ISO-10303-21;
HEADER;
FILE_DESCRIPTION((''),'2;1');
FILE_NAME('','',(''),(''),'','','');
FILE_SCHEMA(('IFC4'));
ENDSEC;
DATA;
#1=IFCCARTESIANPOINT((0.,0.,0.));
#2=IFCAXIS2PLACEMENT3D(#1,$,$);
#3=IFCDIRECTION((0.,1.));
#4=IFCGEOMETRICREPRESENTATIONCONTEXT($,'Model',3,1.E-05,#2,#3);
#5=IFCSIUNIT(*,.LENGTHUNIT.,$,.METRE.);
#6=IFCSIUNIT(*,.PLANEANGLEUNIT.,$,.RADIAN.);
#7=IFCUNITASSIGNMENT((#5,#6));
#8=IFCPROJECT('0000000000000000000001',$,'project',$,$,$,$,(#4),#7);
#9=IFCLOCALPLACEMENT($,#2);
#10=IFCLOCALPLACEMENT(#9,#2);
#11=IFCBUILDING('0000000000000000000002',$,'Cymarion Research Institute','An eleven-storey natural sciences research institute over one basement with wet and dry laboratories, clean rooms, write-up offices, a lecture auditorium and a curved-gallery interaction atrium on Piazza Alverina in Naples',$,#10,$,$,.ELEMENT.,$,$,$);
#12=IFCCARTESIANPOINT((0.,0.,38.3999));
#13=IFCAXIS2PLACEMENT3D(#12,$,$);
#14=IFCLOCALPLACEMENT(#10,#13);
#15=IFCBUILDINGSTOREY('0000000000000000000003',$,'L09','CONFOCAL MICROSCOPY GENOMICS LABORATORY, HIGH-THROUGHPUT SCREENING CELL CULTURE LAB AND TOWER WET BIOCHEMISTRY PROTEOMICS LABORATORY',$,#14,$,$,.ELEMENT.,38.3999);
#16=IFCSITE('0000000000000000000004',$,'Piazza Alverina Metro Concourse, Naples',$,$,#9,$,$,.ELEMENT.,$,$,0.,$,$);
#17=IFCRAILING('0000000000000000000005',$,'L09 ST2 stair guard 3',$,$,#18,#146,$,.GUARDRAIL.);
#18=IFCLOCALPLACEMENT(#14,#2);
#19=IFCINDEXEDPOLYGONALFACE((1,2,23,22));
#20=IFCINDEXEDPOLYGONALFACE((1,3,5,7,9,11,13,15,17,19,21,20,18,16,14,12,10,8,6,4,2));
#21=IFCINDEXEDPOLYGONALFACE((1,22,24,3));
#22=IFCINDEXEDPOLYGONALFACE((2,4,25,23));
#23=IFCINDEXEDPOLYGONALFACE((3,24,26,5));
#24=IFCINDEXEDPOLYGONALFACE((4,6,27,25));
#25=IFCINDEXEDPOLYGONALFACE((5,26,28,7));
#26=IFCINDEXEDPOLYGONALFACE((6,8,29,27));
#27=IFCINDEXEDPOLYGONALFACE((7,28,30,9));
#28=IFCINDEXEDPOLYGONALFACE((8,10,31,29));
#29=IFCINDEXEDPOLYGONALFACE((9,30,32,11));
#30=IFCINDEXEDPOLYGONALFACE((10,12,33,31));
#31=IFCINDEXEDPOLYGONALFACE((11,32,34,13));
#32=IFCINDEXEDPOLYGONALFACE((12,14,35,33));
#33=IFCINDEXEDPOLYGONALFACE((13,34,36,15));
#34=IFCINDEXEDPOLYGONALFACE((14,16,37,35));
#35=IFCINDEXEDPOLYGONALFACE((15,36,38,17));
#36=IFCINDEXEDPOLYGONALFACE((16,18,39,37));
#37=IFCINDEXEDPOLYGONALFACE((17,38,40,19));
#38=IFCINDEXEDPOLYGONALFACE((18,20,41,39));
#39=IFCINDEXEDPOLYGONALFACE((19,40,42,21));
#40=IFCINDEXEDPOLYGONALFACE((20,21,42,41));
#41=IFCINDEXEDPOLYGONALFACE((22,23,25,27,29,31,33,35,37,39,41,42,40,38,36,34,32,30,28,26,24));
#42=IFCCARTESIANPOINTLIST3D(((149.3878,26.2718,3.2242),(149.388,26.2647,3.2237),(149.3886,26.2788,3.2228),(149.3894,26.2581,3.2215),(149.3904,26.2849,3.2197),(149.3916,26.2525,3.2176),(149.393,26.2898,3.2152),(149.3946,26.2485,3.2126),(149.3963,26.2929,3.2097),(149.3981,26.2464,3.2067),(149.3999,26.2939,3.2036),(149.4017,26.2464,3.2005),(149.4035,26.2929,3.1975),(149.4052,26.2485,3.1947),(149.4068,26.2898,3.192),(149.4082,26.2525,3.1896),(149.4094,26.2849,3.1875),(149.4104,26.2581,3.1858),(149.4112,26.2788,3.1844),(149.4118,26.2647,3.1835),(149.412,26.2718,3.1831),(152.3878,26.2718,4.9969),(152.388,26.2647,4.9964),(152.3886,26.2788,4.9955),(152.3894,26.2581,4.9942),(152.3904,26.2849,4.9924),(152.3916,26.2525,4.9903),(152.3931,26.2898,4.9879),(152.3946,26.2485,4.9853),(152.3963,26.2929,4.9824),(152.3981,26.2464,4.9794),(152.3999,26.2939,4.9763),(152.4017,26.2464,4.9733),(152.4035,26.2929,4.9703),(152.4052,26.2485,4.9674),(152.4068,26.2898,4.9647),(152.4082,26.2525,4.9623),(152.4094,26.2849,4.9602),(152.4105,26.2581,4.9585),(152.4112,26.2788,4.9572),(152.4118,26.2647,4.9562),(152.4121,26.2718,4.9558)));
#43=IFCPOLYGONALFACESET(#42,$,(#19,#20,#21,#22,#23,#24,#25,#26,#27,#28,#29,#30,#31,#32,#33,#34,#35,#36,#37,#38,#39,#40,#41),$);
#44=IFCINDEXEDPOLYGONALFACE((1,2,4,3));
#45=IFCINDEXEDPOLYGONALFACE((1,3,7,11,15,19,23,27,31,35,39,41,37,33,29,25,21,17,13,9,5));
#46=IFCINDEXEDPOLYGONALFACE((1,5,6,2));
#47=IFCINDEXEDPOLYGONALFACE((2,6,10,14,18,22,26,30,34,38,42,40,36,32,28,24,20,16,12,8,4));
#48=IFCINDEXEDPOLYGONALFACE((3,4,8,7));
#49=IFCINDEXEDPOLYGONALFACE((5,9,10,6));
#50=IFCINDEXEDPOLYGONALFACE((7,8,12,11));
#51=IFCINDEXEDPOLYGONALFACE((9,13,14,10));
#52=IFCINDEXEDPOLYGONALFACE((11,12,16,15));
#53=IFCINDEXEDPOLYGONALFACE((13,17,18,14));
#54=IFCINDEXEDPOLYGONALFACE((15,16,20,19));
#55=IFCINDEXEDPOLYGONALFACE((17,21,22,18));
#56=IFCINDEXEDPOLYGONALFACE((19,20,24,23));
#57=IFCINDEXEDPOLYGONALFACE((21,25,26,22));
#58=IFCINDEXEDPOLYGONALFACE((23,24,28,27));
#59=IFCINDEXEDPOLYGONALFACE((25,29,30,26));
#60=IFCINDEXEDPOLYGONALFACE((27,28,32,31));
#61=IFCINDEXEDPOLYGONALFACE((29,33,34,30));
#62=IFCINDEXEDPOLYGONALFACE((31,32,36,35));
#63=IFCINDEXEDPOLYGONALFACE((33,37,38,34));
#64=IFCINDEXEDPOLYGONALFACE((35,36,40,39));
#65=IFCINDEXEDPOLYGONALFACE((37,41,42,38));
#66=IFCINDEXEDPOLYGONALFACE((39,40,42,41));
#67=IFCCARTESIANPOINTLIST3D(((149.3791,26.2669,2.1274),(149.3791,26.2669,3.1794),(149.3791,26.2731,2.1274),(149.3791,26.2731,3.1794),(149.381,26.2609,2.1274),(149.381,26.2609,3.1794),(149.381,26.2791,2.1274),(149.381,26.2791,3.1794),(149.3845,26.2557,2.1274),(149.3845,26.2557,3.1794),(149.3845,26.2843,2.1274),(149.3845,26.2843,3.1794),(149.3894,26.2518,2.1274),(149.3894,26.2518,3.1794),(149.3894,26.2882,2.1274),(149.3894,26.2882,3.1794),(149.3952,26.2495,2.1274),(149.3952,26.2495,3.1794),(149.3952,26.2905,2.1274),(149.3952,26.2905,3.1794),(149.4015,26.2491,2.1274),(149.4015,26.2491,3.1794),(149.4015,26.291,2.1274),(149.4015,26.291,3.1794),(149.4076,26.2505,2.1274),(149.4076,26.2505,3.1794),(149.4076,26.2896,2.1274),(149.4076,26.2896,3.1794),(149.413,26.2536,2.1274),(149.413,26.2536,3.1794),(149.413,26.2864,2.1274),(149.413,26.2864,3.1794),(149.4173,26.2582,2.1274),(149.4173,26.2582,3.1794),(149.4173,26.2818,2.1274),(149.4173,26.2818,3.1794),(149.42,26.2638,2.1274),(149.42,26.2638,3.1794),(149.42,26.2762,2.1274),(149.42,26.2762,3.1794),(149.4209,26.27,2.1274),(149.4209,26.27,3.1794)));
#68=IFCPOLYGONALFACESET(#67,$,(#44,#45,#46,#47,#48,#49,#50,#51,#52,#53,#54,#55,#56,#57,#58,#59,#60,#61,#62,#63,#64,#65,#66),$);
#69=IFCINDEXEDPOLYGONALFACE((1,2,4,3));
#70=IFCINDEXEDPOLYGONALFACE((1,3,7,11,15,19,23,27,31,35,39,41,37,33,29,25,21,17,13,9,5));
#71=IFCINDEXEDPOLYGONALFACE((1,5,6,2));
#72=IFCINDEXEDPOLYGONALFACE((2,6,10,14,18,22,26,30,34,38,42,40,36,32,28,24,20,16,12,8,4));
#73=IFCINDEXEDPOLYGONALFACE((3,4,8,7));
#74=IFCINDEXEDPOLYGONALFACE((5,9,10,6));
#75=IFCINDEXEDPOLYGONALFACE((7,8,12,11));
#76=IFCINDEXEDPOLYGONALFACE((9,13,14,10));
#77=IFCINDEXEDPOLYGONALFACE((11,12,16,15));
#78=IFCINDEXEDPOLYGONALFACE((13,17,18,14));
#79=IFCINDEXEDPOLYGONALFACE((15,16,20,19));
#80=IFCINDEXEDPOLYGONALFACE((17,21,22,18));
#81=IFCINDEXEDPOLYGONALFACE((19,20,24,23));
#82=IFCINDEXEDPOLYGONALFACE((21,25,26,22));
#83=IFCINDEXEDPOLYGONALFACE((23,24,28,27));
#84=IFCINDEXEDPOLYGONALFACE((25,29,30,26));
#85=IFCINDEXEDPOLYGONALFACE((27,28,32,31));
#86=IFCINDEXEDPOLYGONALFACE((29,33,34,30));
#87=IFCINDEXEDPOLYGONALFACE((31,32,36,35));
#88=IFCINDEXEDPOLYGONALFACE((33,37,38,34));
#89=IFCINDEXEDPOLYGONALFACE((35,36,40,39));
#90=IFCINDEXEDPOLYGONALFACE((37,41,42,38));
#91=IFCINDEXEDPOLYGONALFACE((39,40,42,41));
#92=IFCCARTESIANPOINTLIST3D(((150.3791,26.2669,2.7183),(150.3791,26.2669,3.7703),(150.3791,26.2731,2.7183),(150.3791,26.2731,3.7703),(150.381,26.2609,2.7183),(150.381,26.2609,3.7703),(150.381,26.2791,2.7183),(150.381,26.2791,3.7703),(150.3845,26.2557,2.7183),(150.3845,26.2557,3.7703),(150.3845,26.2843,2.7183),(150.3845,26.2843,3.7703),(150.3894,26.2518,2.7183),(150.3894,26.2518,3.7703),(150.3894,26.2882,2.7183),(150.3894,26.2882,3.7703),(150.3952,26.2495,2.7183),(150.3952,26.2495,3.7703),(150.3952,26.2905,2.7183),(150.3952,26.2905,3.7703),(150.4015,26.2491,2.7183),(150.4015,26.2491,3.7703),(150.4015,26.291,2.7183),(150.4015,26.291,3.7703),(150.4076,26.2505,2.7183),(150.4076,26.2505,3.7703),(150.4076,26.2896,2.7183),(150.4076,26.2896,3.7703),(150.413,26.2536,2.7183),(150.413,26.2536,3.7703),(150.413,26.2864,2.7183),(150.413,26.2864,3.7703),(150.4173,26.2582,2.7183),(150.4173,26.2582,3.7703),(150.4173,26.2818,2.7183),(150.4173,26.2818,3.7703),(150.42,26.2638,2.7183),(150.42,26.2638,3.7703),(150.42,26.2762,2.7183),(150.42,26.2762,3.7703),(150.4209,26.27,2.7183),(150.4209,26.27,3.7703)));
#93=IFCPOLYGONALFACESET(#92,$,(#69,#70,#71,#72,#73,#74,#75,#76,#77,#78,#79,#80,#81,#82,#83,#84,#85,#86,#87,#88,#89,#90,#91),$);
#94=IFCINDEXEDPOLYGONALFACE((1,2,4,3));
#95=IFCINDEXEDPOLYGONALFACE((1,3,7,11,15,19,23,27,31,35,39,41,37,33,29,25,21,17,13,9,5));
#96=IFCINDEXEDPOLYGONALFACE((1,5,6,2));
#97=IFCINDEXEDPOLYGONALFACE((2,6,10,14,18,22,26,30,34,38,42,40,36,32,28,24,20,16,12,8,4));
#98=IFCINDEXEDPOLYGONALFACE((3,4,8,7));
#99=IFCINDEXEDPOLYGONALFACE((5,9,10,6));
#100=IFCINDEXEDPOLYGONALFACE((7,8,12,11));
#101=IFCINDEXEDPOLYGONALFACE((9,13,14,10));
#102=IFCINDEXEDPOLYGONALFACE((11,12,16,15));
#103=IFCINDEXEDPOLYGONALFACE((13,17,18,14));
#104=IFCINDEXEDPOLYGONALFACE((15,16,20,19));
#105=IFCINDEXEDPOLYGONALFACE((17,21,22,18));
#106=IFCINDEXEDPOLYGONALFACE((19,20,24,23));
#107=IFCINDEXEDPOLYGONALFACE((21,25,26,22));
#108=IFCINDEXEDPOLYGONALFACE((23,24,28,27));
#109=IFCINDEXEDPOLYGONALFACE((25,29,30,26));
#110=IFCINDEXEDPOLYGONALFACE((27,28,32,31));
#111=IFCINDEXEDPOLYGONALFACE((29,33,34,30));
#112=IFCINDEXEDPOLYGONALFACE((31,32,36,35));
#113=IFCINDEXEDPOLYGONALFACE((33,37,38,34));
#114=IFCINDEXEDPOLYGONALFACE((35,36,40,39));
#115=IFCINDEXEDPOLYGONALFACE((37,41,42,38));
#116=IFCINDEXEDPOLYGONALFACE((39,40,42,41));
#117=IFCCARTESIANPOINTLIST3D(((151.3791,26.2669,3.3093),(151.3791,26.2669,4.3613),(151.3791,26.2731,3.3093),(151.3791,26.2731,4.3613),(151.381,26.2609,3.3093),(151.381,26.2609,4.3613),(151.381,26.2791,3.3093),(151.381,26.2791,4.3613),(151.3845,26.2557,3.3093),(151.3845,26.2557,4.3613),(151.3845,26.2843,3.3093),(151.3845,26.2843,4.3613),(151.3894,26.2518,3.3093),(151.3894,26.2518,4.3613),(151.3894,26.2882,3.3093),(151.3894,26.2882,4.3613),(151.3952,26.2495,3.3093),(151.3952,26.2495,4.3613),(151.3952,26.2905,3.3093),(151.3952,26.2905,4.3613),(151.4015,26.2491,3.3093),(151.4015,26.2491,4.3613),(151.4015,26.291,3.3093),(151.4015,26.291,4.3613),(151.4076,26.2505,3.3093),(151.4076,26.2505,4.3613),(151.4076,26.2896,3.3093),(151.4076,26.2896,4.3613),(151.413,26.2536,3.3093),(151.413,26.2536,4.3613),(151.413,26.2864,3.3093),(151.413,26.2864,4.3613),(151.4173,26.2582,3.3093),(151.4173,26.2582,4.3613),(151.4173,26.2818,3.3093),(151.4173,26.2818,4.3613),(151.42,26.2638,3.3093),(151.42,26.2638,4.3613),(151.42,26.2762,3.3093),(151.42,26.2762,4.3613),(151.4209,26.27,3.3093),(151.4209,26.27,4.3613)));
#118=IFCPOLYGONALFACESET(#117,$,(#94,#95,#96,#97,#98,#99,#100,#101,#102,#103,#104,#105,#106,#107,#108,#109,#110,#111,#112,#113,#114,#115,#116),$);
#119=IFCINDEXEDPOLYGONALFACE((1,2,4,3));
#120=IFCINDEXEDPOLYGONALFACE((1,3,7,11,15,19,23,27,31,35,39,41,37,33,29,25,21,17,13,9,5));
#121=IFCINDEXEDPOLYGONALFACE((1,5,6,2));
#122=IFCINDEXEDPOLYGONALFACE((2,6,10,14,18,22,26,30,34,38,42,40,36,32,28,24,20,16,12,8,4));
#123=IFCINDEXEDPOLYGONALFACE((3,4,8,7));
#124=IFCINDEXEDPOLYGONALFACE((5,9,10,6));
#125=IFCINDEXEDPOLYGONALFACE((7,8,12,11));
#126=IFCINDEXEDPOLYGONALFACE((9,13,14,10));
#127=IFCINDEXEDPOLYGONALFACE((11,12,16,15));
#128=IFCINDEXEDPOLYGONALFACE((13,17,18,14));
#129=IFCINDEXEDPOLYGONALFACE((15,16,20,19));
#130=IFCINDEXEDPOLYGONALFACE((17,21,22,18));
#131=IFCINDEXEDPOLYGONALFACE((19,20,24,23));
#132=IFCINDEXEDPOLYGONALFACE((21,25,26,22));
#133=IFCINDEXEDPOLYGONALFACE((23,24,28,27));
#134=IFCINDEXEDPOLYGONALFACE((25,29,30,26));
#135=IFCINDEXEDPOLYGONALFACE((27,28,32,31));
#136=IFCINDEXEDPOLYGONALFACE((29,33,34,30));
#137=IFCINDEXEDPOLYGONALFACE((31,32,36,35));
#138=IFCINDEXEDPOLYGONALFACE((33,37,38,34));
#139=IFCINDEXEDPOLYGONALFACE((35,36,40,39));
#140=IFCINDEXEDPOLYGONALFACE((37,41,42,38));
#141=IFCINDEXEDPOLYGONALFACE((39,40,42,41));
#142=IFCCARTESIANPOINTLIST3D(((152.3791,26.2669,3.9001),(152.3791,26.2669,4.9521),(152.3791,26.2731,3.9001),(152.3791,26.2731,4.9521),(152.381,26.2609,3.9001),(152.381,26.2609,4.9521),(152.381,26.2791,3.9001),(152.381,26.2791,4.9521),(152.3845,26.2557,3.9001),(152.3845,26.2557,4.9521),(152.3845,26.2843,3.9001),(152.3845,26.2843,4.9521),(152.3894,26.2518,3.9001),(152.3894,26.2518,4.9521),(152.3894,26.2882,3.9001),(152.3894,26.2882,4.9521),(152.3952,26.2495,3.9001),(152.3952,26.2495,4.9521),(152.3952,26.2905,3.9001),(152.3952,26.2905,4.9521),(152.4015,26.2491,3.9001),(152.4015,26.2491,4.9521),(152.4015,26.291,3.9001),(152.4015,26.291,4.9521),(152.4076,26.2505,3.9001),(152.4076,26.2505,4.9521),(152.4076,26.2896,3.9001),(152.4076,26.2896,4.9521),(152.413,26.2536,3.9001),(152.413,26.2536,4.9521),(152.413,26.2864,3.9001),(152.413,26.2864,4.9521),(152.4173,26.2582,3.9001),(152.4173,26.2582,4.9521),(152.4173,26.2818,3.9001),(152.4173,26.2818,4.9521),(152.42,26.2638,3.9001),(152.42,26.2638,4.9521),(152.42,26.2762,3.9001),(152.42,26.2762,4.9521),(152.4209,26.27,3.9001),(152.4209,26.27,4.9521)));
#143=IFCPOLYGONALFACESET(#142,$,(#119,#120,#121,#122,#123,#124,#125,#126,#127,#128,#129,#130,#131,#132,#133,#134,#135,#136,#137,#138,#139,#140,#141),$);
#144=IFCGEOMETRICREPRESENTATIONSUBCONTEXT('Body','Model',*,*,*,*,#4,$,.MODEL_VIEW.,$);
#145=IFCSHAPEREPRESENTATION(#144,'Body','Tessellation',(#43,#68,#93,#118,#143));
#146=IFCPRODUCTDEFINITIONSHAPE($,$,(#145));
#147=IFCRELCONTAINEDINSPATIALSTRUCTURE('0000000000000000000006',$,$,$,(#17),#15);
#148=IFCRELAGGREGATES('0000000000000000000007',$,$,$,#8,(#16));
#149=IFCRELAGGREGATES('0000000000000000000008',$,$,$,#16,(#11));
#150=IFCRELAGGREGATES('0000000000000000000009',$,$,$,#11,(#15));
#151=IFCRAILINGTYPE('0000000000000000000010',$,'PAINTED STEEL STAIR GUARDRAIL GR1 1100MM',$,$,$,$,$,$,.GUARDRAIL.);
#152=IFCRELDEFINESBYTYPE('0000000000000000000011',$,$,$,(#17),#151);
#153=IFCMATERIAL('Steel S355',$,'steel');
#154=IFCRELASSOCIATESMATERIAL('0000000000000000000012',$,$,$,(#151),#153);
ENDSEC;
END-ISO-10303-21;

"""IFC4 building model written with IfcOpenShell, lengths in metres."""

from ifc_helpers import new_model, si_unit, direction, frame, origin, origin_2d, place, context, subcontext, project, spatial, circle, extrude, material, type_object, element, save


model = new_model("IFC4")

# Units and contexts
model_context = context("Model", 3, precision=1e-05, world=origin(), true_north=direction((0.0, 1.0)))
body_context = subcontext(model_context, "Body", "Model", "MODEL_VIEW")
ifc_project = project(units=[si_unit("LENGTHUNIT", "METRE"), si_unit("PLANEANGLEUNIT", "RADIAN")], contexts=[model_context])

# Site, building, storey
site_placement = place(None, origin())
site = spatial("IfcSite", under=ifc_project, at=site_placement, Name="Piazza Alverina Metro Concourse, Naples", CompositionType="ELEMENT", RefElevation=0.0)
building_placement = place(site_placement, origin())
building = spatial("IfcBuilding", under=site, at=building_placement, Name="Cymarion Research Institute", Description="An eleven-storey natural sciences research institute over one basement with wet and dry laboratories, clean rooms, write-up offices, a lecture auditorium and a curved-gallery interaction atrium on Piazza Alverina in Naples", CompositionType="ELEMENT")
storey_placement = place(building_placement, frame((0.0, 0.0, 38.3999)))
storey = spatial("IfcBuildingStorey", under=building, at=storey_placement, Name="L09", Description="CONFOCAL MICROSCOPY GENOMICS LABORATORY, HIGH-THROUGHPUT SCREENING CELL CULTURE LAB AND TOWER WET BIOCHEMISTRY PROTEOMICS LABORATORY", CompositionType="ELEMENT", Elevation=38.3999)

# Shared definitions
ifc_material_1 = material(Name="Steel S355", Category="steel")

# Railing
railing_type_1 = type_object("IfcRailingType", Name="PAINTED STEEL STAIR GUARDRAIL GR1 1100MM", PredefinedType="GUARDRAIL", material=ifc_material_1)
railing_1_placement = place(storey_placement, frame((149.3999, 26.27, 2.1274)))
element("IfcRailing", 1, at=railing_1_placement, inside=storey, type_object=railing_type_1, Name="L09 ST2 stair guard 3", PredefinedType="GUARDRAIL", context=body_context, shape_type="SweptSolid", body=[
    extrude(circle(Radius=0.0239, at=origin_2d()), frame((0.0, 0.0, 1.0762), z_axis=(0.860929, 0.0, 0.508725), x_axis=(0.0, 1.0, 0.0)), (0.0, 0.0, 1.0), 3.4846),
    extrude(circle(Radius=0.021, at=origin_2d()), origin(), (0.0, 0.0, 1.0), 1.052),
    extrude(circle(Radius=0.021, at=origin_2d()), frame((1.0, 0.0, 0.5908)), (0.0, 0.0, 1.0), 1.052),
    extrude(circle(Radius=0.021, at=origin_2d()), frame((2.0, 0.0, 1.1819)), (0.0, 0.0, 1.0), 1.052),
    extrude(circle(Radius=0.021, at=origin_2d()), frame((3.0, 0.0, 1.7727)), (0.0, 0.0, 1.0), 1.052),
])

save(model, "model.ifc")
